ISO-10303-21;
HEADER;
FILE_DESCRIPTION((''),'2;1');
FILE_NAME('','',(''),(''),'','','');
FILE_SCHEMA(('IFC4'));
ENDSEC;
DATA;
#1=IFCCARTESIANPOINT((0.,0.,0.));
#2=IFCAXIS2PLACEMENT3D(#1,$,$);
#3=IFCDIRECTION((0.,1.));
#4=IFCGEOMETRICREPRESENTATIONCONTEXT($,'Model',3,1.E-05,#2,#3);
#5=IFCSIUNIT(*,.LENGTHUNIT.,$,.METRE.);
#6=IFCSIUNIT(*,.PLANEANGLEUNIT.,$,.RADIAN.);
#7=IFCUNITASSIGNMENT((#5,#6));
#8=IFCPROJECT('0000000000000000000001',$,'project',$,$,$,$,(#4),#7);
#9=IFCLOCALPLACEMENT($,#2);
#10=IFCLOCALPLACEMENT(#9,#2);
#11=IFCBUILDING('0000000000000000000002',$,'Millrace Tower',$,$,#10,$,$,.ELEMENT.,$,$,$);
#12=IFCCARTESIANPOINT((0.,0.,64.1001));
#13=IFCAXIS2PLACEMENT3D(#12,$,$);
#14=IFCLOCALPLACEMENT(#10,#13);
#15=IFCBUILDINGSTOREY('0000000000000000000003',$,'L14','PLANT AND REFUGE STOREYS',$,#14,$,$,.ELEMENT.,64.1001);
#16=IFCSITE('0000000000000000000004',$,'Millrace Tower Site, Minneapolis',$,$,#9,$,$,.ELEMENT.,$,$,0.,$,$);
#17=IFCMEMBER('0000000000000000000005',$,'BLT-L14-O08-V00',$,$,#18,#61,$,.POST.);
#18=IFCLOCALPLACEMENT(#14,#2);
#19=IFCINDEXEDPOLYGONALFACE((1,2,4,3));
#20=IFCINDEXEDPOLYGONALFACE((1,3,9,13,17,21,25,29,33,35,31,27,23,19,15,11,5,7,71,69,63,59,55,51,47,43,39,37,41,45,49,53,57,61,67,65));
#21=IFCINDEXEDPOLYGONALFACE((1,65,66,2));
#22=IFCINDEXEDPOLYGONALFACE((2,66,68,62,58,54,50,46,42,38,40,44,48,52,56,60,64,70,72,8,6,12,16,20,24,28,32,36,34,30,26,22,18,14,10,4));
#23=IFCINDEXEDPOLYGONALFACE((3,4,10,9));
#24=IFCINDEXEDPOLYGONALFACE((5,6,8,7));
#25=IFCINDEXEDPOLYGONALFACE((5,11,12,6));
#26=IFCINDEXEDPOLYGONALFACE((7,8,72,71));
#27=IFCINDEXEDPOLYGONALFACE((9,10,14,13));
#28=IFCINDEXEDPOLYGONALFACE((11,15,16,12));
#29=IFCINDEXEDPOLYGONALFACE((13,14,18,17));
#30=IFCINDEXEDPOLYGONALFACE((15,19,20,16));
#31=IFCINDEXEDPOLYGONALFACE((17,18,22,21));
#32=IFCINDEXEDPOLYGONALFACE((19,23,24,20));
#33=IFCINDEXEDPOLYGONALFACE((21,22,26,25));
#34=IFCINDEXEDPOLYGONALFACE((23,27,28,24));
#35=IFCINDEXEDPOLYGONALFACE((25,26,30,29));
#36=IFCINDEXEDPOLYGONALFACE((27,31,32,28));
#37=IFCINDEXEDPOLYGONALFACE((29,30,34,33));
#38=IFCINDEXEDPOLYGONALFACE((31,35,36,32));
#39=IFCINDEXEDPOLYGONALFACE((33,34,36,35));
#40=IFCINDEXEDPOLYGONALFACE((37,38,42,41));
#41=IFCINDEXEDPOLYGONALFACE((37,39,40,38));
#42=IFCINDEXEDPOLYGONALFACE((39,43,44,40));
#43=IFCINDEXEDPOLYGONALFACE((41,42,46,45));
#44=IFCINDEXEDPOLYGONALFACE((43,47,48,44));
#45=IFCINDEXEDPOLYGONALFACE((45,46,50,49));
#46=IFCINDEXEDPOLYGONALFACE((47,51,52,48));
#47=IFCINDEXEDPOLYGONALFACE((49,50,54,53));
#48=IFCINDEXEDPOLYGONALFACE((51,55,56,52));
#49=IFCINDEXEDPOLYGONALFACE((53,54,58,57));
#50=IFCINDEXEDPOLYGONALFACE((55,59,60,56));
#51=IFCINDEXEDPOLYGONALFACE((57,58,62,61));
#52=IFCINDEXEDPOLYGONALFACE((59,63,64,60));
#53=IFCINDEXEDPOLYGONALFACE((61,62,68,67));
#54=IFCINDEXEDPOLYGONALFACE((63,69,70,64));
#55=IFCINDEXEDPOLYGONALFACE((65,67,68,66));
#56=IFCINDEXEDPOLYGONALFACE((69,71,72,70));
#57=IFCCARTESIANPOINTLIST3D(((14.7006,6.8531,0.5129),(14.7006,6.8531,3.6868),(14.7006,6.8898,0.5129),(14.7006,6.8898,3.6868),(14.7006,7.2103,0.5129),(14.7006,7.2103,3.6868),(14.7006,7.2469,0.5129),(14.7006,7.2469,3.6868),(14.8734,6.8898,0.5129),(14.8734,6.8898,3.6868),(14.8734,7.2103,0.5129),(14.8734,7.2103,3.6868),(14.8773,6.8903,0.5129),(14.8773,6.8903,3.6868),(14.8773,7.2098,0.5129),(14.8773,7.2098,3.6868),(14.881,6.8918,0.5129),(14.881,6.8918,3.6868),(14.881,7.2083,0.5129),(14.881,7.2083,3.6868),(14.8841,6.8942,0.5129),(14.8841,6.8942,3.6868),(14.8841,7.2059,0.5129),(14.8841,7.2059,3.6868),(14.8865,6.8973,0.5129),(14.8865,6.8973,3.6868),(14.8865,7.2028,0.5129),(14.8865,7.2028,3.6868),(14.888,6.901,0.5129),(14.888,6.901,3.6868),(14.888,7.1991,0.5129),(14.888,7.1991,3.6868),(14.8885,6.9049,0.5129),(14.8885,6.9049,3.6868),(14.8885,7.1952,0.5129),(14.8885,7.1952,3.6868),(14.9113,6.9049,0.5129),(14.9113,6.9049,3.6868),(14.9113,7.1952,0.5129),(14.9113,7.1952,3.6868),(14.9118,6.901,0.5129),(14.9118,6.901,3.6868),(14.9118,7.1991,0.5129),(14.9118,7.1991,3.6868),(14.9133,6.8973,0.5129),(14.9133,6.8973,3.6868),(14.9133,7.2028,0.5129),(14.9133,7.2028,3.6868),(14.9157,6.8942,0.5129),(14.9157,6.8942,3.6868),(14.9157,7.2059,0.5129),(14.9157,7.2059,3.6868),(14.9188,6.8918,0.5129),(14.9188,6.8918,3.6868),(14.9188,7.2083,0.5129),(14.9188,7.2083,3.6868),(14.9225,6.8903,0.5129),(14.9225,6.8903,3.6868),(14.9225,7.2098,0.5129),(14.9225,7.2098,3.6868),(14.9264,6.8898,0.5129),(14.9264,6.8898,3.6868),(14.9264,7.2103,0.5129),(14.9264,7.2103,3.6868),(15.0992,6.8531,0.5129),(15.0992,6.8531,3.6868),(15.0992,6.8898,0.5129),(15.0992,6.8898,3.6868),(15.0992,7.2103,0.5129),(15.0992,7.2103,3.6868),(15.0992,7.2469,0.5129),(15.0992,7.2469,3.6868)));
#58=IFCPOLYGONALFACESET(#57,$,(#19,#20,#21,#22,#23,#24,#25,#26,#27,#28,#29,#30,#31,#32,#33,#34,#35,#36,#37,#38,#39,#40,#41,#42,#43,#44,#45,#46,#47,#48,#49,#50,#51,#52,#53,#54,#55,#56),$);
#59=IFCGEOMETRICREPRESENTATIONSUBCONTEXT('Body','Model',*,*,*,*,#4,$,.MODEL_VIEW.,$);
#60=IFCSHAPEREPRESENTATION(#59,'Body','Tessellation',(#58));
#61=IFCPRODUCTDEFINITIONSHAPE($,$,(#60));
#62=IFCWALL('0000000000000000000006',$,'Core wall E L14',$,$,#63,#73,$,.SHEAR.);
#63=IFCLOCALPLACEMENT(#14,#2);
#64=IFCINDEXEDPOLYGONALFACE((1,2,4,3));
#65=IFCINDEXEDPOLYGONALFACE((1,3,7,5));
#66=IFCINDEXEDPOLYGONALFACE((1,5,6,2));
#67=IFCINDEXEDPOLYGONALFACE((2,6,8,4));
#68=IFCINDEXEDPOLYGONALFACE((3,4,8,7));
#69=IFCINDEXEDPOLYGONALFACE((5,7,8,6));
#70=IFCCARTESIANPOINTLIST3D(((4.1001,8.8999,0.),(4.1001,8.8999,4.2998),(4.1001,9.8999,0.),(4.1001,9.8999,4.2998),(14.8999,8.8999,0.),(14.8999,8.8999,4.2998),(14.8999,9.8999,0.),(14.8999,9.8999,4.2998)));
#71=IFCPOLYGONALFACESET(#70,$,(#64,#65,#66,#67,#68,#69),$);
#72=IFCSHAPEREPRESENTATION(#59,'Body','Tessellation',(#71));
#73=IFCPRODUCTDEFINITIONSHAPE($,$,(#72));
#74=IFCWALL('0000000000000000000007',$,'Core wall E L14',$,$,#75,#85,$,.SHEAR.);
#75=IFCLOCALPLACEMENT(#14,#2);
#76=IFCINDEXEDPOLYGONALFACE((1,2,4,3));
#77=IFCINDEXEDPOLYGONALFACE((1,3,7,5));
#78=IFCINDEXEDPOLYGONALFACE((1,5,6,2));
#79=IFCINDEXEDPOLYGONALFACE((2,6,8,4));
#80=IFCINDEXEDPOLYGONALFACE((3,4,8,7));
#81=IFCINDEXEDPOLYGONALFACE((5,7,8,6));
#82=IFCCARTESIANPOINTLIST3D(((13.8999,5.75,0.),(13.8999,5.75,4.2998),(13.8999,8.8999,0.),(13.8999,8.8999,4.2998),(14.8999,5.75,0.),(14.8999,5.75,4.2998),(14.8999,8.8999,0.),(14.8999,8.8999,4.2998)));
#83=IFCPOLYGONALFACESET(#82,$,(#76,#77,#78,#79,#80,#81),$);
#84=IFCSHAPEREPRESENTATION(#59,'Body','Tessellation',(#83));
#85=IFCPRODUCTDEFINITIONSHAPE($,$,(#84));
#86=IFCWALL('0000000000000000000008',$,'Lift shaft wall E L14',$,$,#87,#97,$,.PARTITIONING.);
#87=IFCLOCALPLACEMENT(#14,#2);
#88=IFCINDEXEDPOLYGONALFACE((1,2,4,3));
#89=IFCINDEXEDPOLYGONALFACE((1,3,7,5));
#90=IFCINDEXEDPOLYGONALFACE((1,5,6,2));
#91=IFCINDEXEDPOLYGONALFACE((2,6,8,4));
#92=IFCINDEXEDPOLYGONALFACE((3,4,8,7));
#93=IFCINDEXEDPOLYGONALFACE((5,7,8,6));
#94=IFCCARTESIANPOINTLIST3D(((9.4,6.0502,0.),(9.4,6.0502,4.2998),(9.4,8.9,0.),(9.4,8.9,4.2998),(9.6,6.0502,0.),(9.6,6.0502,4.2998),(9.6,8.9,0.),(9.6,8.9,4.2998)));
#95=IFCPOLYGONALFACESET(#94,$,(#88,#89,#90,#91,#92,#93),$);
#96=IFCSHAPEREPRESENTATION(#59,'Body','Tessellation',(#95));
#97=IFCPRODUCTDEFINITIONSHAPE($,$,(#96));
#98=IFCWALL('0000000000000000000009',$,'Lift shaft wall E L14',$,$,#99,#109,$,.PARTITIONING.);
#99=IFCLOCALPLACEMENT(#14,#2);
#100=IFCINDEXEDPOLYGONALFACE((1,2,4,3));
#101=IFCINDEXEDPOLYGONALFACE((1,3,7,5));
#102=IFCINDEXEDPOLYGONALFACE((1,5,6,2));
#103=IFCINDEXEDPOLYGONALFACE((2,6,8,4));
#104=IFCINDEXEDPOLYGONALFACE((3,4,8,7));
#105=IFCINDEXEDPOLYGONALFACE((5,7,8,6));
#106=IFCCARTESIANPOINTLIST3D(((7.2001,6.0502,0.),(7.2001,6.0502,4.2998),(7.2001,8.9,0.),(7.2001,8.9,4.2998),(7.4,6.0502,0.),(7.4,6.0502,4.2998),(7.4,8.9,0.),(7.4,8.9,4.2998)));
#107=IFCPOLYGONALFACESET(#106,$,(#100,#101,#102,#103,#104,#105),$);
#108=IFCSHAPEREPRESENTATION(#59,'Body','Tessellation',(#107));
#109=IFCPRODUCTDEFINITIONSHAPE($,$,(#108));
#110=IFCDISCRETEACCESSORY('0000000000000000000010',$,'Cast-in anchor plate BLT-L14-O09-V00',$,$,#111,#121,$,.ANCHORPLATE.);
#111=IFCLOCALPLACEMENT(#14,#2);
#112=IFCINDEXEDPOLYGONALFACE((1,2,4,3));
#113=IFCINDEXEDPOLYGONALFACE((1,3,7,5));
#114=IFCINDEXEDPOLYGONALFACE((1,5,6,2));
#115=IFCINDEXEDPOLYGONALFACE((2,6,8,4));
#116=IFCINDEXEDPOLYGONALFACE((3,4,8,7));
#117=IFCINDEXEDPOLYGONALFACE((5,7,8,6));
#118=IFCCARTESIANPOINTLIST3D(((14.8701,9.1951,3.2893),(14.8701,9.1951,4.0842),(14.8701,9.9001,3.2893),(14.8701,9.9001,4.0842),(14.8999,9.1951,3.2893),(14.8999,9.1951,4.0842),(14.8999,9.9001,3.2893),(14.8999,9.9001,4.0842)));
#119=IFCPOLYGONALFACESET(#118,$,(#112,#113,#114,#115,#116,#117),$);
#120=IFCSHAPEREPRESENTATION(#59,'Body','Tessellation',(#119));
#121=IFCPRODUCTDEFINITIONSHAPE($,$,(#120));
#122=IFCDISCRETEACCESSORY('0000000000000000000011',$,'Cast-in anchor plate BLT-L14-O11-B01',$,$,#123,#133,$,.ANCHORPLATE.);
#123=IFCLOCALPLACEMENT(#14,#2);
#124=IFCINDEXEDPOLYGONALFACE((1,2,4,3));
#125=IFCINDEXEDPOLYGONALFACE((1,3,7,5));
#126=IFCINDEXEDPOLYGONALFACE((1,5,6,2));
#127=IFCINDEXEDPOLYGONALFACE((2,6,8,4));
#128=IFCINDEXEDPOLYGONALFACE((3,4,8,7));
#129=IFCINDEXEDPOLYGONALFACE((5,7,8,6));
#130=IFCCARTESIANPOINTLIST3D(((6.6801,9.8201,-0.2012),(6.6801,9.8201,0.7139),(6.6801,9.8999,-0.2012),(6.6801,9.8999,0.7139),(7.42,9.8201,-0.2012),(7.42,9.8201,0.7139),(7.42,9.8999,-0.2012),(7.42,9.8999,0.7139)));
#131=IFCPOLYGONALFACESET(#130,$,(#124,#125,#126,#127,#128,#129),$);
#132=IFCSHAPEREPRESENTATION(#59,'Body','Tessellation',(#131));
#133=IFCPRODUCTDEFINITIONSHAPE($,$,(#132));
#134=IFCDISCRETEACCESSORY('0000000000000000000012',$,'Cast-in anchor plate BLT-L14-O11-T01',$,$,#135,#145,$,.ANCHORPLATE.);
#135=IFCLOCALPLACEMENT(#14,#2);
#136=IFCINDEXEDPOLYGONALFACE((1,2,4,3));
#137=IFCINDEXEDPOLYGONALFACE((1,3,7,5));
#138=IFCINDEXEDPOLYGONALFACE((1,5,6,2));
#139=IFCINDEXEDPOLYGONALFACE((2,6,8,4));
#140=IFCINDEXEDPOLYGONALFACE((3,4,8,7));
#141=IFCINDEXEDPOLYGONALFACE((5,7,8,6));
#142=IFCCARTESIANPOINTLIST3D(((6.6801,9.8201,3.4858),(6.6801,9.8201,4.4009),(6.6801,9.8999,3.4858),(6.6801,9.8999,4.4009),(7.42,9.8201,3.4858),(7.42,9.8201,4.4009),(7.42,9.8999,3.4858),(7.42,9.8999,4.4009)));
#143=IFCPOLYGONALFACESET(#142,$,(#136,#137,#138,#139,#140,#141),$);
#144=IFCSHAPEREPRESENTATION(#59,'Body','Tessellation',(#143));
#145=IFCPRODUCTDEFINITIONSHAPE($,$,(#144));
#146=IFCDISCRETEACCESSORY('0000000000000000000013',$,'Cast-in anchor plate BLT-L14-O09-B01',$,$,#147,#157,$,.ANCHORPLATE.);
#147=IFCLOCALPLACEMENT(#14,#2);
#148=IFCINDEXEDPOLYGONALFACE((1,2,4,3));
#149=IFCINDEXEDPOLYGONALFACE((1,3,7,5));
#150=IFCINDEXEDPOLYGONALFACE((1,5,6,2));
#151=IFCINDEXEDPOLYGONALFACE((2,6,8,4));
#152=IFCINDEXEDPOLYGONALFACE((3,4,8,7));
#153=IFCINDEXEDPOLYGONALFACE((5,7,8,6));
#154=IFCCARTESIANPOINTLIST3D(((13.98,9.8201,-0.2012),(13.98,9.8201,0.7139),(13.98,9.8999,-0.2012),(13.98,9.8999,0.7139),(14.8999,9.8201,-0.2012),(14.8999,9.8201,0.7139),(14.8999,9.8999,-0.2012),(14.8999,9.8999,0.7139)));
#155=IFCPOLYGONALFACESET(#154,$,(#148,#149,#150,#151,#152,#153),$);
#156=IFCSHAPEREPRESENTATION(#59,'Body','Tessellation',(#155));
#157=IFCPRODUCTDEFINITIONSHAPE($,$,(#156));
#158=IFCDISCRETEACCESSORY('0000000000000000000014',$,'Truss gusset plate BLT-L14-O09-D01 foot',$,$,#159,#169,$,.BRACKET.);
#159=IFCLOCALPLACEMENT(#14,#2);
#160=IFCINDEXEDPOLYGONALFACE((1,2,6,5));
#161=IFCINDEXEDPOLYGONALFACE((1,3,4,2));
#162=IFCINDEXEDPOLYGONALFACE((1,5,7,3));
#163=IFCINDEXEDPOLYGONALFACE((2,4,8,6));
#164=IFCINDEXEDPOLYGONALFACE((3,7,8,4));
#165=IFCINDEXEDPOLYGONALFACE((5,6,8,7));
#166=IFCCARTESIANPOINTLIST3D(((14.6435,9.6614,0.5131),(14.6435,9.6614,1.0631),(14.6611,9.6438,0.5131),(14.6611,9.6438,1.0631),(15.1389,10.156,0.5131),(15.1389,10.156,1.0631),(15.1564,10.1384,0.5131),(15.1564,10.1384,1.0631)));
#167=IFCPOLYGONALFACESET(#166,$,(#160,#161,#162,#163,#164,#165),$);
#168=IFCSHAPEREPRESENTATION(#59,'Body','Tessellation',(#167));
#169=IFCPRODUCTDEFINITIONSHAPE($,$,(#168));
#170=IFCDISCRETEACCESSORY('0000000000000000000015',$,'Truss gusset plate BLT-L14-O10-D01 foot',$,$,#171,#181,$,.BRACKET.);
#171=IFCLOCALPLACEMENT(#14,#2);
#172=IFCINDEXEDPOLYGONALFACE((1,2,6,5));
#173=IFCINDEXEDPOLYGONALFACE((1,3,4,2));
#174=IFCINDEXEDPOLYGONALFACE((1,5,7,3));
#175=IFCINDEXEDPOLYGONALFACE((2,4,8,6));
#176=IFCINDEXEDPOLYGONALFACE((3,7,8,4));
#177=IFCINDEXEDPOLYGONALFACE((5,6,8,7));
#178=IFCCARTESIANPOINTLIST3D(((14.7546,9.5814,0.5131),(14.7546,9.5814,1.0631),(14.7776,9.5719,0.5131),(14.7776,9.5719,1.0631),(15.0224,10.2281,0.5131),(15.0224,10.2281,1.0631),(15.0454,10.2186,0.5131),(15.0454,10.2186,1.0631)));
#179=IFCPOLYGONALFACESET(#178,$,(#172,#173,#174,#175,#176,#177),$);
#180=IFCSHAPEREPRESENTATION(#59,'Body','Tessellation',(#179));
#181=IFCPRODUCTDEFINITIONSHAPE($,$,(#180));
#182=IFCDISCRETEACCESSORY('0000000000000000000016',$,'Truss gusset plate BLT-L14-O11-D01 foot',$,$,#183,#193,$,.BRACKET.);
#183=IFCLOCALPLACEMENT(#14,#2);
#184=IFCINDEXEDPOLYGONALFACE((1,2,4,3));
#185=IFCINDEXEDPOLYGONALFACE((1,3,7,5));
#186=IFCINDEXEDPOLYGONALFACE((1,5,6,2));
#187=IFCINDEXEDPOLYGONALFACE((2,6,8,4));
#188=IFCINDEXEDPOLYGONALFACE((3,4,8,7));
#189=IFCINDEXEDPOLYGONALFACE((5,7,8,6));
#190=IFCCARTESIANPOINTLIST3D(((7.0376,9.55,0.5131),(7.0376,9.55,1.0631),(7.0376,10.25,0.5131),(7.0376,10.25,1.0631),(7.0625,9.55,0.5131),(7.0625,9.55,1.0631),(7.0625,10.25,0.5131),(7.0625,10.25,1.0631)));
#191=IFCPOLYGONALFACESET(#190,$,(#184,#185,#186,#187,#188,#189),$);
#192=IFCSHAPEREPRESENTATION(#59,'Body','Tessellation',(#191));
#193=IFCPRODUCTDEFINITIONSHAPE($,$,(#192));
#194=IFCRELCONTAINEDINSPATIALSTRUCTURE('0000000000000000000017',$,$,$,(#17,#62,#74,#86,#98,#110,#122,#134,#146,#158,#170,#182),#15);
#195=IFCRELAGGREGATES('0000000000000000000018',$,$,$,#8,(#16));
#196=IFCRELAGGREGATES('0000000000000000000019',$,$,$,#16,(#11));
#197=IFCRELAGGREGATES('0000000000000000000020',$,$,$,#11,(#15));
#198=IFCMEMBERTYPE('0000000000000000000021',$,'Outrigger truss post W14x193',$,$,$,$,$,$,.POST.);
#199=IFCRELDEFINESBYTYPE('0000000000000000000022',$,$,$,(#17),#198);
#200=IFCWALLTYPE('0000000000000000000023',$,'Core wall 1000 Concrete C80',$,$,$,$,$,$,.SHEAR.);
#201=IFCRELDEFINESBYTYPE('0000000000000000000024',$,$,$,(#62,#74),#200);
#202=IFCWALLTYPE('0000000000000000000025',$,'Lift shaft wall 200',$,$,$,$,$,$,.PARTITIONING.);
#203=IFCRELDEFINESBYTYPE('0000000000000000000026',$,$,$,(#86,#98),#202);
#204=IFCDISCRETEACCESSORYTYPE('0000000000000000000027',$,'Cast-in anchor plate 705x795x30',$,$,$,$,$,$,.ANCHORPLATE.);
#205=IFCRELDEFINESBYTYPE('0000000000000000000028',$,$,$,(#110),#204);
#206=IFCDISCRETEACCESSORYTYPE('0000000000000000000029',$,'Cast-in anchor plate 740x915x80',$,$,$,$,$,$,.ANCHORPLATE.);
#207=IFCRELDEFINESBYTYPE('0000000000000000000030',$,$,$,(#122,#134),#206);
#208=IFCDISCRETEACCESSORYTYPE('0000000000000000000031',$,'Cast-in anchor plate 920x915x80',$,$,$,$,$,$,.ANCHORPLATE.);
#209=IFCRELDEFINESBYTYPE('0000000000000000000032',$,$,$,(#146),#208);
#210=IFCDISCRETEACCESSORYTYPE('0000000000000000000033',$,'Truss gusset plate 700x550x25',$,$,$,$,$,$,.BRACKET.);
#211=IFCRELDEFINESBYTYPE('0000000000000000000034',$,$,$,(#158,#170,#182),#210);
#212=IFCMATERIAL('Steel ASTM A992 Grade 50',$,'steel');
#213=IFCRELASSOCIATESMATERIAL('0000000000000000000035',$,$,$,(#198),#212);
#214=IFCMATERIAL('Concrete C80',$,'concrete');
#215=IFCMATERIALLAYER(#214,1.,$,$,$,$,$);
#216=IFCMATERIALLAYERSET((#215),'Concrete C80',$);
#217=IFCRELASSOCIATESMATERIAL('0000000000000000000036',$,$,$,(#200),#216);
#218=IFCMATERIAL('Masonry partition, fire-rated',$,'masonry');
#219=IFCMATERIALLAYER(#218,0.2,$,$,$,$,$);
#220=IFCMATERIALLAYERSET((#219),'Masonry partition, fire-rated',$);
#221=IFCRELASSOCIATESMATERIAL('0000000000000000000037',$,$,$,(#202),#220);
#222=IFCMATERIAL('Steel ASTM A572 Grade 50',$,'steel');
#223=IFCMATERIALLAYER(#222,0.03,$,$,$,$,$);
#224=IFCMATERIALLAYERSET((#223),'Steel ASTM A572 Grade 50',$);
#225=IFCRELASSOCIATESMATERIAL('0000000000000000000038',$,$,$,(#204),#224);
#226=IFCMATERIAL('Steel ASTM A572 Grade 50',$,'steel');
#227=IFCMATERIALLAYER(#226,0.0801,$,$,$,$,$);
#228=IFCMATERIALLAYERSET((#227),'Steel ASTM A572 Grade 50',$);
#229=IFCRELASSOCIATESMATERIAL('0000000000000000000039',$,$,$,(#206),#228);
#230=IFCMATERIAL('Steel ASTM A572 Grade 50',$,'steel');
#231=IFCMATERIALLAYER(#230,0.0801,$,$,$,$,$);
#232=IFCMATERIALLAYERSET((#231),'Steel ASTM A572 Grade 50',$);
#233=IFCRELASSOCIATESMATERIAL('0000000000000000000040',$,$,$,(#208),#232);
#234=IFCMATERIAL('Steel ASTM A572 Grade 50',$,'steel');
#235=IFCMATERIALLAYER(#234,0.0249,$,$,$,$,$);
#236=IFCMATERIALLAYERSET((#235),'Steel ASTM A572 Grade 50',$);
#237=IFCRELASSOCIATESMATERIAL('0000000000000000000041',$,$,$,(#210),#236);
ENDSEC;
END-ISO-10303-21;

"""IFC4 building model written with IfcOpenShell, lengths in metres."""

from ifc_helpers import new_model, si_unit, direction, frame, frame_2d, origin, origin_2d, place, context, subcontext, project, spatial, rectangle, i_section, extrude, material, layer, layer_set, material_profile, profile_set, type_object, element, save


model = new_model("IFC4")

# Units and contexts
model_context = context("Model", 3, precision=1e-05, world=origin(), true_north=direction((0.0, 1.0)))
body_context = subcontext(model_context, "Body", "Model", "MODEL_VIEW")
ifc_project = project(units=[si_unit("LENGTHUNIT", "METRE"), si_unit("PLANEANGLEUNIT", "RADIAN")], contexts=[model_context])

# Site, building, storey
site_placement = place(None, origin())
site = spatial("IfcSite", under=ifc_project, at=site_placement, Name="Millrace Tower Site, Minneapolis", CompositionType="ELEMENT", RefElevation=0.0)
building_placement = place(site_placement, origin())
building = spatial("IfcBuilding", under=site, at=building_placement, Name="Millrace Tower", CompositionType="ELEMENT")
storey_placement = place(building_placement, frame((0.0, 0.0, 64.1001)))
storey = spatial("IfcBuildingStorey", under=building, at=storey_placement, Name="L14", Description="PLANT AND REFUGE STOREYS", CompositionType="ELEMENT", Elevation=64.1001)

# Member
ifc_material_1 = material(Name="Steel ASTM A992 Grade 50", Category="steel")
ifc_material_profile_1 = material_profile(ifc_material_1, i_section(OverallWidth=0.3987, OverallDepth=0.3938, WebThickness=0.0227, FlangeThickness=0.0366, FilletRadius=0.0151, at=origin_2d()))
ifc_profile_set_1 = profile_set([ifc_material_profile_1], Name="Steel ASTM A992 Grade 50")
member_type_1 = type_object("IfcMemberType", Name="Outrigger truss post W14x193", PredefinedType="POST", material=ifc_profile_set_1)
member_1_placement = place(storey_placement, frame((14.8999, 7.05, 0.5129), z_axis=(0.0, 0.0, 1.0), x_axis=(1.0, 0.0, 0.0)))
element("IfcMember", 1, at=member_1_placement, inside=storey, type_object=member_type_1, Name="BLT-L14-O08-V00", PredefinedType="POST", context=body_context, shape_type="SweptSolid", body=[
    extrude(i_section(OverallWidth=0.3987, OverallDepth=0.3938, WebThickness=0.0227, FlangeThickness=0.0366, FilletRadius=0.0151, at=origin_2d()), origin(), (0.0, 0.0, 1.0), 3.1738),
])

# Walls
ifc_material_2 = material(Name="Concrete C80", Category="concrete")
ifc_layer_1 = layer(ifc_material_2, 1.0)
ifc_layer_set_1 = layer_set([ifc_layer_1], Name="Concrete C80")
wall_type_1 = type_object("IfcWallType", Name="Core wall 1000 Concrete C80", PredefinedType="SHEAR", material=ifc_layer_set_1)
wall_1_placement = place(storey_placement, frame((14.8999, 9.3999, 0.0), z_axis=(0.0, 0.0, 1.0), x_axis=(-1.0, 0.0, 0.0)))
element("IfcWall", 2, at=wall_1_placement, inside=storey, type_object=wall_type_1, Name="Core wall E L14", PredefinedType="SHEAR", context=body_context, shape_type="SweptSolid", body=[
    extrude(rectangle(XDim=10.7998, YDim=1.0, at=frame_2d((5.3999, 0.0))), origin(), (0.0, 0.0, 1.0), 4.2998),
])
wall_2_placement = place(storey_placement, frame((14.3999, 8.8999, 0.0), z_axis=(0.0, 0.0, 1.0), x_axis=(0.0, -1.0, 0.0)))
element("IfcWall", 3, at=wall_2_placement, inside=storey, type_object=wall_type_1, Name="Core wall E L14", PredefinedType="SHEAR", context=body_context, shape_type="SweptSolid", body=[
    extrude(rectangle(XDim=3.1499, YDim=1.0, at=frame_2d((1.575, 0.0))), origin(), (0.0, 0.0, 1.0), 4.2998),
])
ifc_material_3 = material(Name="Masonry partition, fire-rated", Category="masonry")
ifc_layer_2 = layer(ifc_material_3, 0.2)
ifc_layer_set_2 = layer_set([ifc_layer_2], Name="Masonry partition, fire-rated")
wall_type_2 = type_object("IfcWallType", Name="Lift shaft wall 200", PredefinedType="PARTITIONING", material=ifc_layer_set_2)
for number, where, z_axis, x_axis, name in (
    (4, (9.5, 8.8999, 0.0), (0.0, 0.0, 1.0), (0.0, -1.0, 0.0), "Lift shaft wall E L14"),
    (5, (7.3, 8.8999, 0.0), (0.0, 0.0, 1.0), (0.0, -1.0, 0.0), "Lift shaft wall E L14"),
):
    element("IfcWall", number, at=place(storey_placement, frame(where, z_axis=z_axis, x_axis=x_axis)), inside=storey, type_object=wall_type_2, Name=name, PredefinedType="PARTITIONING", context=body_context, shape_type="SweptSolid", body=[
        extrude(rectangle(XDim=2.8499, YDim=0.2, at=frame_2d((1.4248, 0.0))), origin(), (0.0, 0.0, 1.0), 4.2998),
    ])

# Discrete accessories
ifc_material_4 = material(Name="Steel ASTM A572 Grade 50", Category="steel")
ifc_layer_3 = layer(ifc_material_4, 0.03)
ifc_layer_set_3 = layer_set([ifc_layer_3], Name="Steel ASTM A572 Grade 50")
discrete_accessory_type_1 = type_object("IfcDiscreteAccessoryType", Name="Cast-in anchor plate 705x795x30", PredefinedType="ANCHORPLATE", material=ifc_layer_set_3)
discrete_accessory_1_placement = place(storey_placement, frame((14.8701, 9.5476, 3.6868), z_axis=(1.0, 0.0, 0.0), x_axis=(0.0, 1.0, 0.0)))
element("IfcDiscreteAccessory", 6, at=discrete_accessory_1_placement, inside=storey, type_object=discrete_accessory_type_1, Name="Cast-in anchor plate BLT-L14-O09-V00", PredefinedType="ANCHORPLATE", context=body_context, shape_type="SweptSolid", body=[
    extrude(rectangle(XDim=0.7051, YDim=0.7949, at=origin_2d()), origin(), (0.0, 0.0, 1.0), 0.0298),
])
ifc_material_5 = material(Name="Steel ASTM A572 Grade 50", Category="steel")
ifc_layer_4 = layer(ifc_material_5, 0.0801)
ifc_layer_set_4 = layer_set([ifc_layer_4], Name="Steel ASTM A572 Grade 50")
discrete_accessory_type_2 = type_object("IfcDiscreteAccessoryType", Name="Cast-in anchor plate 740x915x80", PredefinedType="ANCHORPLATE", material=ifc_layer_set_4)
for number, where, z_axis, x_axis, name in (
    (7, (7.05, 9.8201, 0.2563), (0.0, 1.0, 0.0), (-1.0, 0.0, 0.0), "Cast-in anchor plate BLT-L14-O11-B01"),
    (8, (7.05, 9.8201, 3.9434), (0.0, 1.0, 0.0), (-1.0, 0.0, 0.0), "Cast-in anchor plate BLT-L14-O11-T01"),
):
    element("IfcDiscreteAccessory", number, at=place(storey_placement, frame(where, z_axis=z_axis, x_axis=x_axis)), inside=storey, type_object=discrete_accessory_type_2, Name=name, PredefinedType="ANCHORPLATE", context=body_context, shape_type="SweptSolid", body=[
        extrude(rectangle(XDim=0.74, YDim=0.915, at=origin_2d()), origin(), (0.0, 0.0, 1.0), 0.0798),
    ])
ifc_material_6 = material(Name="Steel ASTM A572 Grade 50", Category="steel")
ifc_layer_5 = layer(ifc_material_6, 0.0801)
ifc_layer_set_5 = layer_set([ifc_layer_5], Name="Steel ASTM A572 Grade 50")
discrete_accessory_type_3 = type_object("IfcDiscreteAccessoryType", Name="Cast-in anchor plate 920x915x80", PredefinedType="ANCHORPLATE", material=ifc_layer_set_5)
discrete_accessory_2_placement = place(storey_placement, frame((14.4399, 9.8201, 0.2563), z_axis=(0.0, 1.0, 0.0), x_axis=(-1.0, 0.0, 0.0)))
element("IfcDiscreteAccessory", 9, at=discrete_accessory_2_placement, inside=storey, type_object=discrete_accessory_type_3, Name="Cast-in anchor plate BLT-L14-O09-B01", PredefinedType="ANCHORPLATE", context=body_context, shape_type="SweptSolid", body=[
    extrude(rectangle(XDim=0.9199, YDim=0.915, at=origin_2d()), origin(), (0.0, 0.0, 1.0), 0.0798),
])
ifc_material_7 = material(Name="Steel ASTM A572 Grade 50", Category="steel")
ifc_layer_6 = layer(ifc_material_7, 0.0249)
ifc_layer_set_6 = layer_set([ifc_layer_6], Name="Steel ASTM A572 Grade 50")
discrete_accessory_type_4 = type_object("IfcDiscreteAccessoryType", Name="Truss gusset plate 700x550x25", PredefinedType="BRACKET", material=ifc_layer_set_6)
for number, where, z_axis, x_axis, name in (
    (10, (14.6523, 9.6526, 0.7881), (0.70763, 0.706583, 0.0), (-0.706583, 0.70763, 0.0), "Truss gusset plate BLT-L14-O09-D01 foot"),
    (11, (14.7661, 9.5767, 0.7881), (0.382608, 0.923911, 0.0), (-0.923911, 0.382608, 0.0), "Truss gusset plate BLT-L14-O10-D01 foot"),
    (12, (7.05, 9.55, 0.7881), (0.0, 1.0, 0.0), (-1.0, 0.0, 0.0), "Truss gusset plate BLT-L14-O11-D01 foot"),
):
    element("IfcDiscreteAccessory", number, at=place(storey_placement, frame(where, z_axis=z_axis, x_axis=x_axis)), inside=storey, type_object=discrete_accessory_type_4, Name=name, PredefinedType="BRACKET", context=body_context, shape_type="SweptSolid", body=[
        extrude(rectangle(XDim=0.0249, YDim=0.55, at=origin_2d()), origin(), (0.0, 0.0, 1.0), 0.7),
    ])

save(model, "model.ifc")
